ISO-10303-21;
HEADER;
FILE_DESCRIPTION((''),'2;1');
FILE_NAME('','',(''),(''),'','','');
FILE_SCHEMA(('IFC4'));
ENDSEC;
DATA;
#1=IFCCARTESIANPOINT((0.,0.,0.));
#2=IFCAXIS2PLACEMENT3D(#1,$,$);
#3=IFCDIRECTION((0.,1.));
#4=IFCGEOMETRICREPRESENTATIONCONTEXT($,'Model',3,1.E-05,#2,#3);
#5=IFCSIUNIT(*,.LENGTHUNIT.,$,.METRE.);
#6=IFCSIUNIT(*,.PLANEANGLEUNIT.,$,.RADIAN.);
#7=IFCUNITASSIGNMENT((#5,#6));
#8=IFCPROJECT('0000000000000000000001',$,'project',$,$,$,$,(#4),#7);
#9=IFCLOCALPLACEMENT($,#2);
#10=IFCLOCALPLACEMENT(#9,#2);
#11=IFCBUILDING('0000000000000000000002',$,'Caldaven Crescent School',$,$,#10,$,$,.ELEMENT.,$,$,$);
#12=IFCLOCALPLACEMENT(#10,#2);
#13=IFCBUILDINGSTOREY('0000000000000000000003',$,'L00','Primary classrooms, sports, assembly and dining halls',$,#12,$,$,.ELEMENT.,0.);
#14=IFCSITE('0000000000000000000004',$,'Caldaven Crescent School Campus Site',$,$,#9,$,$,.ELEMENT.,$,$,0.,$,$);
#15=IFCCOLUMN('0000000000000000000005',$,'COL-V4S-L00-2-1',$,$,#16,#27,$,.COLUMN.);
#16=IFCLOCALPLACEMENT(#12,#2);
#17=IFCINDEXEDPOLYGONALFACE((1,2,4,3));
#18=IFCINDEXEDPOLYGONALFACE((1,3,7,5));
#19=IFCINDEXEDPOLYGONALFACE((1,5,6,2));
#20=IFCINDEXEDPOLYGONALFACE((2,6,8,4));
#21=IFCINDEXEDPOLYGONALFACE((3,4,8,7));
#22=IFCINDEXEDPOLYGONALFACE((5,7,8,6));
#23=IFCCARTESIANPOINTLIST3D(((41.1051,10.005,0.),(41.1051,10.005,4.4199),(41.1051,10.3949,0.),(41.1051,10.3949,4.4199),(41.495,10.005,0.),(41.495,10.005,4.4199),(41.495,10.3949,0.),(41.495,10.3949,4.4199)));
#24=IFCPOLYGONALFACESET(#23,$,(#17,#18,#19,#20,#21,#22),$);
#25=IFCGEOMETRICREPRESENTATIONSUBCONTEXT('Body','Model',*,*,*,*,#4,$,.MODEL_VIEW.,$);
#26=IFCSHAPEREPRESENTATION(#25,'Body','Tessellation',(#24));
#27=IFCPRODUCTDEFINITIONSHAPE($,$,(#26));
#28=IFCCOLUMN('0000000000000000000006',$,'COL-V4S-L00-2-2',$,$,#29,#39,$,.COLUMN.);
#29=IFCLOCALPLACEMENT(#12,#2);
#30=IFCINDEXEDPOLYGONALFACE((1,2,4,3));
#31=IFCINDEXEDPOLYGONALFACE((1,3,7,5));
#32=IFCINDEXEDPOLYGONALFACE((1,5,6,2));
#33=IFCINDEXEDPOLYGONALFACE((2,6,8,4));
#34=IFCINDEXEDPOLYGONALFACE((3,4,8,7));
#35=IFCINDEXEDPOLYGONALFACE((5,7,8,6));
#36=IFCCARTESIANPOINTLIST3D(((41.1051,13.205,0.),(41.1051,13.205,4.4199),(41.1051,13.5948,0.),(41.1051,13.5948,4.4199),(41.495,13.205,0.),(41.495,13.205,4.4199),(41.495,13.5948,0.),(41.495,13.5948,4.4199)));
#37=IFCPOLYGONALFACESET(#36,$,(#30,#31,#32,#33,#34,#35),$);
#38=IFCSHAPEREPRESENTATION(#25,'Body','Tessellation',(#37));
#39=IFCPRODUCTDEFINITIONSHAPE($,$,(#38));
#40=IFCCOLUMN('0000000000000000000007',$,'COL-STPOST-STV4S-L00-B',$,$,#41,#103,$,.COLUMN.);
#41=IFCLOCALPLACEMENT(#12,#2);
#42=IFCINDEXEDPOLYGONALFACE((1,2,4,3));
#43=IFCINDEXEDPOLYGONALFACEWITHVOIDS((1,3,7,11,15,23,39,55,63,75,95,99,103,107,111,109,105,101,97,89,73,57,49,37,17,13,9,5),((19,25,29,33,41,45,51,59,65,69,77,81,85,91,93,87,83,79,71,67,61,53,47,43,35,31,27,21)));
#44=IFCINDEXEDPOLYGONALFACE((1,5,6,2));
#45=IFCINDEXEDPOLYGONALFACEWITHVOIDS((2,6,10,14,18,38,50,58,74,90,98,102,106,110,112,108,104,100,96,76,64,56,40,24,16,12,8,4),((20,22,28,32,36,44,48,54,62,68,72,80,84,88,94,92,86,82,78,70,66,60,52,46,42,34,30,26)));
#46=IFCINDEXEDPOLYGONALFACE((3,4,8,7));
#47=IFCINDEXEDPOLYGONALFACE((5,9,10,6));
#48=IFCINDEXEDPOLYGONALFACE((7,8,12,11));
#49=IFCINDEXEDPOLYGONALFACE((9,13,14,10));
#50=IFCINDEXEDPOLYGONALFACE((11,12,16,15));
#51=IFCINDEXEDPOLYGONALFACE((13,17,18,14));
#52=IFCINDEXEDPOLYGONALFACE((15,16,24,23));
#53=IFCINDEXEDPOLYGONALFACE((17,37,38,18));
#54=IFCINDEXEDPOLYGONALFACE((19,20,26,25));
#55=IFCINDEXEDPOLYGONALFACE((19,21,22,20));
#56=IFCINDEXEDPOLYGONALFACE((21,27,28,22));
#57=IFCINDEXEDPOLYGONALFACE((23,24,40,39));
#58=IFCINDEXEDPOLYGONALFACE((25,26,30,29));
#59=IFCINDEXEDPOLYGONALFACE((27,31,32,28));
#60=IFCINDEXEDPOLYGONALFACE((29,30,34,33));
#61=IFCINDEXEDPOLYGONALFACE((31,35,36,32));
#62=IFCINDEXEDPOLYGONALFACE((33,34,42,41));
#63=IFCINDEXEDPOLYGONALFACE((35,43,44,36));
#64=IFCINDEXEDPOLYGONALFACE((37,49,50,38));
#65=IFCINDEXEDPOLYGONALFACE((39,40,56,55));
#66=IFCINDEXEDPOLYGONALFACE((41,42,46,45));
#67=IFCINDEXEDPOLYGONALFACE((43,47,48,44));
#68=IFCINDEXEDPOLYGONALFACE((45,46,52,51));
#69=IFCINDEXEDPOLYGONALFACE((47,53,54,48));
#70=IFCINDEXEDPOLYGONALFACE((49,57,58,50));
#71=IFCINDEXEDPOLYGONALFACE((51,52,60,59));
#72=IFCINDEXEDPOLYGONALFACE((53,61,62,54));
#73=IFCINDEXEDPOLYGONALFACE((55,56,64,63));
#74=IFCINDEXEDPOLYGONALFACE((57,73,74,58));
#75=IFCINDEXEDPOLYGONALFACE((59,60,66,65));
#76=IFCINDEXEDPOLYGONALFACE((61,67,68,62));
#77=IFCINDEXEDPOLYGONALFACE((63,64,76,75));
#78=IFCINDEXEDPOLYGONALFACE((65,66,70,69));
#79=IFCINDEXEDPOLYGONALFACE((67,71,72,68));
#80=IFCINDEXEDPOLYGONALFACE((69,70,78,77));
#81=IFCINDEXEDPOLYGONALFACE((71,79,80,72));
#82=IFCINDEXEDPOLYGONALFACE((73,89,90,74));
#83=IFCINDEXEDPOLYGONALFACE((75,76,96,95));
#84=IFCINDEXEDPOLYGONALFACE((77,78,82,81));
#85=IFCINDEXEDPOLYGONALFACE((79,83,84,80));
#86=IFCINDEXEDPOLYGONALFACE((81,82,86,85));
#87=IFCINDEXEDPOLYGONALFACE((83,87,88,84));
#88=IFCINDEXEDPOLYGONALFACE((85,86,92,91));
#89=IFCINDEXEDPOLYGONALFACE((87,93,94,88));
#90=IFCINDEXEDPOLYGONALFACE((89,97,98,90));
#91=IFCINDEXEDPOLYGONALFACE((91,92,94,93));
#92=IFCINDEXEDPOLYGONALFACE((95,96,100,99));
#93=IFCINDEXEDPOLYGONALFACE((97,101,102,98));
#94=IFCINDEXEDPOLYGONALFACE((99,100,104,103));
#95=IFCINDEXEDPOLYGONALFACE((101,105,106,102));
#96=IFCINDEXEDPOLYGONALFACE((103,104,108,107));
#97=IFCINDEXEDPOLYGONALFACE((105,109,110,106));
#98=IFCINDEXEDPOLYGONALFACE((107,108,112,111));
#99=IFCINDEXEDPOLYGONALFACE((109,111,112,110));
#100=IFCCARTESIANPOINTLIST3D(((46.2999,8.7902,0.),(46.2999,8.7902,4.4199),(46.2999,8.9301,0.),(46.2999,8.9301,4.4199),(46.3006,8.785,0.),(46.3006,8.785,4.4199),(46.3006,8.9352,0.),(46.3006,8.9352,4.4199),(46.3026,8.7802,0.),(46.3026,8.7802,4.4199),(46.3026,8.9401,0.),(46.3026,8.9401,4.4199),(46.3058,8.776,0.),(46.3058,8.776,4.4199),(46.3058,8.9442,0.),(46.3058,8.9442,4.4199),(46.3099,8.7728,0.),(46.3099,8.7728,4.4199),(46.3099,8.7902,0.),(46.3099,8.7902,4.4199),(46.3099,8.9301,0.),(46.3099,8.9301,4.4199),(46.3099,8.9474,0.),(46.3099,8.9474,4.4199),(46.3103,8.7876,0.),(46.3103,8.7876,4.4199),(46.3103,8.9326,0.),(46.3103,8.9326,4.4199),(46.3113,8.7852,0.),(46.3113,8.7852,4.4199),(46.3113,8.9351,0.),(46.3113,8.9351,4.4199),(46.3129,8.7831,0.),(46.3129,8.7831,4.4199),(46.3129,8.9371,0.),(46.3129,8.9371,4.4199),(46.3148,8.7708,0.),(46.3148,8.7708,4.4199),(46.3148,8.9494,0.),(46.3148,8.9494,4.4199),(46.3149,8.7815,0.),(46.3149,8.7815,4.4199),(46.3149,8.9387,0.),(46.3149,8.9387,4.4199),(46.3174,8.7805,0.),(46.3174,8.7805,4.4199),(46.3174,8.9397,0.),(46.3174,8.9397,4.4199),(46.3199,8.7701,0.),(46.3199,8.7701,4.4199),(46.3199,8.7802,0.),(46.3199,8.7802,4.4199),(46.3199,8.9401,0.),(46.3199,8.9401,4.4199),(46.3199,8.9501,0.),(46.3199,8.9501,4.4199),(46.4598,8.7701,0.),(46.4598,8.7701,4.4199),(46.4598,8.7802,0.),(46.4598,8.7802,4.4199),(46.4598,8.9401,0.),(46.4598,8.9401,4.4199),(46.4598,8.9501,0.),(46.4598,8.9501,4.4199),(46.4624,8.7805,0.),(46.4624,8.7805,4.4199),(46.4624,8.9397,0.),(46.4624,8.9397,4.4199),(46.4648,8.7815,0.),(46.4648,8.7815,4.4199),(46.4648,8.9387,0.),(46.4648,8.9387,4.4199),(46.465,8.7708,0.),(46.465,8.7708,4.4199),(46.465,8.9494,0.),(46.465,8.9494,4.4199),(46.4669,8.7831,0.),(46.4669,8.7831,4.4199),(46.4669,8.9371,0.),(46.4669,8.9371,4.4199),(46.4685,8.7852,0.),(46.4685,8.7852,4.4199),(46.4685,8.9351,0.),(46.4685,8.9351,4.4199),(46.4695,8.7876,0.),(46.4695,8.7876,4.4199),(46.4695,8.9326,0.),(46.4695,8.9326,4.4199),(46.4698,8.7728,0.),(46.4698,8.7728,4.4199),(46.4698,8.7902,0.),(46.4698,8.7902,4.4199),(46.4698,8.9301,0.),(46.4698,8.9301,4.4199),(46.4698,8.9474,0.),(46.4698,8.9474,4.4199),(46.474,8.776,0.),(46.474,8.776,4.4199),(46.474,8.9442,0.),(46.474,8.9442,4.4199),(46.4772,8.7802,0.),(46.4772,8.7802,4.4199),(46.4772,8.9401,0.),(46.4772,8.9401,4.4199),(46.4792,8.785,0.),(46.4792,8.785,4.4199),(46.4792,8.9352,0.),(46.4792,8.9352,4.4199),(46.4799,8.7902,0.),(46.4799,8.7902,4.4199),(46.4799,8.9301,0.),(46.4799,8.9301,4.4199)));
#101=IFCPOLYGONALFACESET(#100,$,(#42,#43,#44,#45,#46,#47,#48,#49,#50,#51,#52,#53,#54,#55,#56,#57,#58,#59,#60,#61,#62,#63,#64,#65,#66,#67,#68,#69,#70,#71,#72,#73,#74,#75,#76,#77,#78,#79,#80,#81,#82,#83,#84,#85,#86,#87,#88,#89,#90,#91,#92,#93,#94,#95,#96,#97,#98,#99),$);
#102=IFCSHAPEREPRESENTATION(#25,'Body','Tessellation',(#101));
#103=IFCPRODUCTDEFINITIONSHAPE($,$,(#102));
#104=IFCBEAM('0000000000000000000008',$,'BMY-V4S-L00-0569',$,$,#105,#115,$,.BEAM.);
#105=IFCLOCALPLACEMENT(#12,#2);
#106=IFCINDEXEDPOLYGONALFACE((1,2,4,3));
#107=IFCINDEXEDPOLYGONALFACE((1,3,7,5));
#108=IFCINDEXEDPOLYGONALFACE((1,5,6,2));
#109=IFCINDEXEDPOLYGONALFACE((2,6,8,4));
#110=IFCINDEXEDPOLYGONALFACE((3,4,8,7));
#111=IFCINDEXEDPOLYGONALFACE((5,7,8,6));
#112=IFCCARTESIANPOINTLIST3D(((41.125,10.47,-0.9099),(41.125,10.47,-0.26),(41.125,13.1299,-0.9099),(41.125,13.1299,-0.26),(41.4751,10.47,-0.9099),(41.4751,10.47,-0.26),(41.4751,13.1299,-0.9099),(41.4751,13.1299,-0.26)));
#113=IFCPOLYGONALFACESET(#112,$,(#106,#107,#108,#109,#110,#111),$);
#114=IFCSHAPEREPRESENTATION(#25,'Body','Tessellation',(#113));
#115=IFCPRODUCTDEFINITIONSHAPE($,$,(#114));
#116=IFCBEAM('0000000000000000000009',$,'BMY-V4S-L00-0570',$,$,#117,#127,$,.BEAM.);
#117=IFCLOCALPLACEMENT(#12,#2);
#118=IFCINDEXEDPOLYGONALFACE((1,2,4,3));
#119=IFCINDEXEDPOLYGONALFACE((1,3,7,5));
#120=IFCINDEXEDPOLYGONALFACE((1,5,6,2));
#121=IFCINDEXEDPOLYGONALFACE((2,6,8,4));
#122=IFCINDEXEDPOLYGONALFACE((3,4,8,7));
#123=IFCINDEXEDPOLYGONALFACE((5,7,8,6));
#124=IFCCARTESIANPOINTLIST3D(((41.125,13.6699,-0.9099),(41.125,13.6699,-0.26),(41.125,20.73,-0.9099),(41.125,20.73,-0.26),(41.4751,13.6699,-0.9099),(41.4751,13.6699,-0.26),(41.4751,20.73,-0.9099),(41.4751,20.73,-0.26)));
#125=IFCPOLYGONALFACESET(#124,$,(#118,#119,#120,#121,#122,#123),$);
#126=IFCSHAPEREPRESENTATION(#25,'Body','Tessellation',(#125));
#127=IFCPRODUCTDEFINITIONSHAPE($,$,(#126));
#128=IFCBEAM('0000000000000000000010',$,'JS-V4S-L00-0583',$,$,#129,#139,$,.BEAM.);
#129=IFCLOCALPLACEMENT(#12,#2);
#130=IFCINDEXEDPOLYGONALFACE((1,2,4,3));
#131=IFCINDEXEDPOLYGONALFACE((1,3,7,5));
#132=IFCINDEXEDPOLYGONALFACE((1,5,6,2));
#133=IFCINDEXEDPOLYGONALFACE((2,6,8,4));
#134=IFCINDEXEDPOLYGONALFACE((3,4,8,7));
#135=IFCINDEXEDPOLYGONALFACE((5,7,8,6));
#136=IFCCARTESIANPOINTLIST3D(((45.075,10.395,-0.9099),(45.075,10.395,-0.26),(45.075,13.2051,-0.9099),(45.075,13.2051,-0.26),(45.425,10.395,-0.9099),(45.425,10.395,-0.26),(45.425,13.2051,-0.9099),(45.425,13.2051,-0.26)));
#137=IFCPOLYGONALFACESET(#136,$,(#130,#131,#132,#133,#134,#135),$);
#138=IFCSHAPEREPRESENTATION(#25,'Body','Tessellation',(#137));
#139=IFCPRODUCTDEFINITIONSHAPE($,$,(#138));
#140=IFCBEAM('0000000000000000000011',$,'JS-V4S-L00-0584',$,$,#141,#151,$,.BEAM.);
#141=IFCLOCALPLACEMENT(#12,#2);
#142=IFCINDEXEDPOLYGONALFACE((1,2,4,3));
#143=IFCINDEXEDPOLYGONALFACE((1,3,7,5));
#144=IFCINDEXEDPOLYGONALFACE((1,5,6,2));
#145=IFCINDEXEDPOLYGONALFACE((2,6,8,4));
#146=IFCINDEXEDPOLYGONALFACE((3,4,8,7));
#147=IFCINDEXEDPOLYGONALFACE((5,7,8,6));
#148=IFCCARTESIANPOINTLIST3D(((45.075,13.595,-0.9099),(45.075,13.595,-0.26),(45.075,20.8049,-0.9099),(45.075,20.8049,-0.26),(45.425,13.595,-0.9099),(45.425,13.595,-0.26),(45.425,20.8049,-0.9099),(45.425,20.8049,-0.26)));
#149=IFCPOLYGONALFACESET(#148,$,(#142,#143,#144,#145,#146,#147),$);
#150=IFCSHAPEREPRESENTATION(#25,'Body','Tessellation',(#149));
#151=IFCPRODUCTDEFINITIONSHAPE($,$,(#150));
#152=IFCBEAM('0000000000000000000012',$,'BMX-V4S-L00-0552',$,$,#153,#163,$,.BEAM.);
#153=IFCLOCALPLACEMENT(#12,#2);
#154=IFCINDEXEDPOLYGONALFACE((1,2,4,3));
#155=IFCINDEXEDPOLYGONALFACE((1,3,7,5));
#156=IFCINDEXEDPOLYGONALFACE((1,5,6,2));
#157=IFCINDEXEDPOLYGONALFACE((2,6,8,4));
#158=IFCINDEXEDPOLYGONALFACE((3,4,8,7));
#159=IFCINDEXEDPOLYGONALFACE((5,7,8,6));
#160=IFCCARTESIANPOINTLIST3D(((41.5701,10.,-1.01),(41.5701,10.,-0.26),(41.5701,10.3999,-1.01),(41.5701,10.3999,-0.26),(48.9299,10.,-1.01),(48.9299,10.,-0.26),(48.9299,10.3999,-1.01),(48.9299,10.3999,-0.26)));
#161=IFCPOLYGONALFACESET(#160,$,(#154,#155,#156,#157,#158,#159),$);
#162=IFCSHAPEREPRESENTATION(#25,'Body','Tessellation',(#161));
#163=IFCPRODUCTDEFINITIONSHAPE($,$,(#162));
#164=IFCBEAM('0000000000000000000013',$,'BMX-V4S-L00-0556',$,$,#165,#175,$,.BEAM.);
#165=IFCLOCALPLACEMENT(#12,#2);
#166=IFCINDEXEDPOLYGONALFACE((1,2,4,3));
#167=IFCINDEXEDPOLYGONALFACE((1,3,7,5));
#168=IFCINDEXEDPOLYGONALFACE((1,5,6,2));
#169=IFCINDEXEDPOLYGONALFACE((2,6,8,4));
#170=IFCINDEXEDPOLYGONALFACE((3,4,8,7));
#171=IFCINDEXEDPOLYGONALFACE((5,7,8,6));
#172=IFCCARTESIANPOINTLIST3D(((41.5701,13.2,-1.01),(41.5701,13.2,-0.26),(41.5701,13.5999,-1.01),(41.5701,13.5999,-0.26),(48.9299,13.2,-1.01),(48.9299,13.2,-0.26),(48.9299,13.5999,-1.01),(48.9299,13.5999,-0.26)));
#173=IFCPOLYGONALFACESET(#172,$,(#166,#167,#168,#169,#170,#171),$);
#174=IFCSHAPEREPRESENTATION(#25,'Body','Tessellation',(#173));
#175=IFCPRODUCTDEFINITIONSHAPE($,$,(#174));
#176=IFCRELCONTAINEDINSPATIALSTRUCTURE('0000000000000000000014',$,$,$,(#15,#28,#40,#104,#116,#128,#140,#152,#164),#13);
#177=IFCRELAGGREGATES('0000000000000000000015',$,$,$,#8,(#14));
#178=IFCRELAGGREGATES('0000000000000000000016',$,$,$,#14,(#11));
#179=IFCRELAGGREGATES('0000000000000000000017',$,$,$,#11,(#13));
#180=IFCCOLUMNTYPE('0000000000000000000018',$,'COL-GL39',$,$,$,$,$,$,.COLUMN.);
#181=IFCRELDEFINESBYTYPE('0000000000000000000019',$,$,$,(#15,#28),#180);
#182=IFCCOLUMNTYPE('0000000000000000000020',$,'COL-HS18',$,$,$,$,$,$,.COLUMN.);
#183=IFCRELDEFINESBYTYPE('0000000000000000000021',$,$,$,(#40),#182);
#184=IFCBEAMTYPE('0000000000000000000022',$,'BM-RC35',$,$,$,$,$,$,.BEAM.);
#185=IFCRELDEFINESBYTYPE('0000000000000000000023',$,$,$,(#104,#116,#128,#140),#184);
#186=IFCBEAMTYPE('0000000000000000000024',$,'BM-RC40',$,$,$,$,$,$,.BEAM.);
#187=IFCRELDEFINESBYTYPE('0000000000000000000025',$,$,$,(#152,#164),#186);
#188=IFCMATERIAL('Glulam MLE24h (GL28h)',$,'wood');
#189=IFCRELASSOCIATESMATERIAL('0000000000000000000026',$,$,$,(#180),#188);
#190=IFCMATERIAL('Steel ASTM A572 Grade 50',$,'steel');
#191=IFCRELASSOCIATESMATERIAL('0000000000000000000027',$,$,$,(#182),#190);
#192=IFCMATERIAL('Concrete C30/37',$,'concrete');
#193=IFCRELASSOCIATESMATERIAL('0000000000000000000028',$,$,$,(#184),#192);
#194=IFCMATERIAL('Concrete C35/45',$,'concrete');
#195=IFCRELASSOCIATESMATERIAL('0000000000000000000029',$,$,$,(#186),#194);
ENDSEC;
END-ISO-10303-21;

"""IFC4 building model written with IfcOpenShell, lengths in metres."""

from ifc_helpers import new_model, si_unit, direction, frame, origin, origin_2d, place, context, subcontext, project, spatial, rectangle, hollow_rectangle, extrude, material, material_profile, profile_set, type_object, element, save


model = new_model("IFC4")

# Units and contexts
model_context = context("Model", 3, precision=1e-05, world=origin(), true_north=direction((0.0, 1.0)))
body_context = subcontext(model_context, "Body", "Model", "MODEL_VIEW")
ifc_project = project(units=[si_unit("LENGTHUNIT", "METRE"), si_unit("PLANEANGLEUNIT", "RADIAN")], contexts=[model_context])

# Site, building, storey
site_placement = place(None, origin())
site = spatial("IfcSite", under=ifc_project, at=site_placement, Name="Caldaven Crescent School Campus Site", CompositionType="ELEMENT", RefElevation=0.0)
building_placement = place(site_placement, origin())
building = spatial("IfcBuilding", under=site, at=building_placement, Name="Caldaven Crescent School", CompositionType="ELEMENT")
storey_placement = place(building_placement, origin())
storey = spatial("IfcBuildingStorey", under=building, at=storey_placement, Name="L00", Description="Primary classrooms, sports, assembly and dining halls", CompositionType="ELEMENT", Elevation=0.0)

# Columns
ifc_material_1 = material(Name="Glulam MLE24h (GL28h)", Category="wood")
ifc_material_profile_1 = material_profile(ifc_material_1, rectangle(XDim=0.3899, YDim=0.3899, at=origin_2d()), Name="MLE 390x390")
ifc_profile_set_1 = profile_set([ifc_material_profile_1], Name="Glulam MLE24h (GL28h)")
column_type_1 = type_object("IfcColumnType", Name="COL-GL39", PredefinedType="COLUMN", material=ifc_profile_set_1)
for number, where, z_axis, x_axis, name in (
    (1, (41.3, 10.2, 0.0), (0.0, 0.0, 1.0), (1.0, 0.0, 0.0), "COL-V4S-L00-2-1"),
    (2, (41.3, 13.3999, 0.0), (0.0, 0.0, 1.0), (1.0, 0.0, 0.0), "COL-V4S-L00-2-2"),
):
    element("IfcColumn", number, at=place(storey_placement, frame(where, z_axis=z_axis, x_axis=x_axis)), inside=storey, type_object=column_type_1, Name=name, PredefinedType="COLUMN", context=body_context, shape_type="SweptSolid", body=[
        extrude(rectangle(XDim=0.3899, YDim=0.3899, at=origin_2d()), origin(), (0.0, 0.0, 1.0), 4.4199),
    ])
ifc_material_2 = material(Name="Steel ASTM A572 Grade 50", Category="steel")
ifc_material_profile_2 = material_profile(ifc_material_2, hollow_rectangle(XDim=0.1799, YDim=0.1799, WallThickness=0.01, InnerFilletRadius=0.01, OuterFilletRadius=0.02, at=origin_2d()), Name="HSS 180x180x10")
ifc_profile_set_2 = profile_set([ifc_material_profile_2], Name="Steel ASTM A572 Grade 50")
column_type_2 = type_object("IfcColumnType", Name="COL-HS18", PredefinedType="COLUMN", material=ifc_profile_set_2)
column_placement = place(storey_placement, frame((46.3899, 8.8601, 0.0), z_axis=(0.0, 0.0, 1.0), x_axis=(1.0, 0.0, 0.0)))
element("IfcColumn", 3, at=column_placement, inside=storey, type_object=column_type_2, Name="COL-STPOST-STV4S-L00-B", PredefinedType="COLUMN", context=body_context, shape_type="SweptSolid", body=[
    extrude(hollow_rectangle(XDim=0.1799, YDim=0.1799, WallThickness=0.01, InnerFilletRadius=0.01, OuterFilletRadius=0.02, at=origin_2d()), origin(), (0.0, 0.0, 1.0), 4.4199),
])

# Beams
ifc_material_3 = material(Name="Concrete C30/37", Category="concrete")
ifc_material_profile_3 = material_profile(ifc_material_3, rectangle(XDim=0.3501, YDim=0.6499, at=origin_2d()), Name="RC 350x650")
ifc_profile_set_3 = profile_set([ifc_material_profile_3], Name="Concrete C30/37")
beam_type_1 = type_object("IfcBeamType", Name="BM-RC35", PredefinedType="BEAM", material=ifc_profile_set_3)
beam_1_placement = place(storey_placement, frame((41.3, 10.47, -0.585), z_axis=(0.0, 1.0, 0.0), x_axis=(-1.0, 0.0, 0.0)))
element("IfcBeam", 4, at=beam_1_placement, inside=storey, type_object=beam_type_1, Name="BMY-V4S-L00-0569", PredefinedType="BEAM", context=body_context, shape_type="SweptSolid", body=[
    extrude(rectangle(XDim=0.3501, YDim=0.6499, at=origin_2d()), origin(), (0.0, 0.0, 1.0), 2.6599),
])
beam_2_placement = place(storey_placement, frame((41.3, 13.6699, -0.585), z_axis=(0.0, 1.0, 0.0), x_axis=(-1.0, 0.0, 0.0)))
element("IfcBeam", 5, at=beam_2_placement, inside=storey, type_object=beam_type_1, Name="BMY-V4S-L00-0570", PredefinedType="BEAM", context=body_context, shape_type="SweptSolid", body=[
    extrude(rectangle(XDim=0.3501, YDim=0.6499, at=origin_2d()), origin(), (0.0, 0.0, 1.0), 7.0601),
])
beam_3_placement = place(storey_placement, frame((45.25, 10.395, -0.585), z_axis=(0.0, 1.0, 0.0), x_axis=(-1.0, 0.0, 0.0)))
element("IfcBeam", 6, at=beam_3_placement, inside=storey, type_object=beam_type_1, Name="JS-V4S-L00-0583", PredefinedType="BEAM", context=body_context, shape_type="SweptSolid", body=[
    extrude(rectangle(XDim=0.3501, YDim=0.6499, at=origin_2d()), origin(), (0.0, 0.0, 1.0), 2.8101),
])
beam_4_placement = place(storey_placement, frame((45.25, 13.595, -0.585), z_axis=(0.0, 1.0, 0.0), x_axis=(-1.0, 0.0, 0.0)))
element("IfcBeam", 7, at=beam_4_placement, inside=storey, type_object=beam_type_1, Name="JS-V4S-L00-0584", PredefinedType="BEAM", context=body_context, shape_type="SweptSolid", body=[
    extrude(rectangle(XDim=0.3501, YDim=0.6499, at=origin_2d()), origin(), (0.0, 0.0, 1.0), 7.21),
])
ifc_material_4 = material(Name="Concrete C35/45", Category="concrete")
ifc_material_profile_4 = material_profile(ifc_material_4, rectangle(XDim=0.3999, YDim=0.75, at=origin_2d()), Name="RC 400x750")
ifc_profile_set_4 = profile_set([ifc_material_profile_4], Name="Concrete C35/45")
beam_type_2 = type_object("IfcBeamType", Name="BM-RC40", PredefinedType="BEAM", material=ifc_profile_set_4)
for number, where, z_axis, x_axis, name in (
    (8, (41.5701, 10.2, -0.635), (1.0, 0.0, 0.0), (0.0, 1.0, 0.0), "BMX-V4S-L00-0552"),
    (9, (41.5701, 13.3999, -0.635), (1.0, 0.0, 0.0), (0.0, 1.0, 0.0), "BMX-V4S-L00-0556"),
):
    element("IfcBeam", number, at=place(storey_placement, frame(where, z_axis=z_axis, x_axis=x_axis)), inside=storey, type_object=beam_type_2, Name=name, PredefinedType="BEAM", context=body_context, shape_type="SweptSolid", body=[
        extrude(rectangle(XDim=0.3999, YDim=0.75, at=origin_2d()), origin(), (0.0, 0.0, 1.0), 7.3599),
    ])

save(model, "model.ifc")
